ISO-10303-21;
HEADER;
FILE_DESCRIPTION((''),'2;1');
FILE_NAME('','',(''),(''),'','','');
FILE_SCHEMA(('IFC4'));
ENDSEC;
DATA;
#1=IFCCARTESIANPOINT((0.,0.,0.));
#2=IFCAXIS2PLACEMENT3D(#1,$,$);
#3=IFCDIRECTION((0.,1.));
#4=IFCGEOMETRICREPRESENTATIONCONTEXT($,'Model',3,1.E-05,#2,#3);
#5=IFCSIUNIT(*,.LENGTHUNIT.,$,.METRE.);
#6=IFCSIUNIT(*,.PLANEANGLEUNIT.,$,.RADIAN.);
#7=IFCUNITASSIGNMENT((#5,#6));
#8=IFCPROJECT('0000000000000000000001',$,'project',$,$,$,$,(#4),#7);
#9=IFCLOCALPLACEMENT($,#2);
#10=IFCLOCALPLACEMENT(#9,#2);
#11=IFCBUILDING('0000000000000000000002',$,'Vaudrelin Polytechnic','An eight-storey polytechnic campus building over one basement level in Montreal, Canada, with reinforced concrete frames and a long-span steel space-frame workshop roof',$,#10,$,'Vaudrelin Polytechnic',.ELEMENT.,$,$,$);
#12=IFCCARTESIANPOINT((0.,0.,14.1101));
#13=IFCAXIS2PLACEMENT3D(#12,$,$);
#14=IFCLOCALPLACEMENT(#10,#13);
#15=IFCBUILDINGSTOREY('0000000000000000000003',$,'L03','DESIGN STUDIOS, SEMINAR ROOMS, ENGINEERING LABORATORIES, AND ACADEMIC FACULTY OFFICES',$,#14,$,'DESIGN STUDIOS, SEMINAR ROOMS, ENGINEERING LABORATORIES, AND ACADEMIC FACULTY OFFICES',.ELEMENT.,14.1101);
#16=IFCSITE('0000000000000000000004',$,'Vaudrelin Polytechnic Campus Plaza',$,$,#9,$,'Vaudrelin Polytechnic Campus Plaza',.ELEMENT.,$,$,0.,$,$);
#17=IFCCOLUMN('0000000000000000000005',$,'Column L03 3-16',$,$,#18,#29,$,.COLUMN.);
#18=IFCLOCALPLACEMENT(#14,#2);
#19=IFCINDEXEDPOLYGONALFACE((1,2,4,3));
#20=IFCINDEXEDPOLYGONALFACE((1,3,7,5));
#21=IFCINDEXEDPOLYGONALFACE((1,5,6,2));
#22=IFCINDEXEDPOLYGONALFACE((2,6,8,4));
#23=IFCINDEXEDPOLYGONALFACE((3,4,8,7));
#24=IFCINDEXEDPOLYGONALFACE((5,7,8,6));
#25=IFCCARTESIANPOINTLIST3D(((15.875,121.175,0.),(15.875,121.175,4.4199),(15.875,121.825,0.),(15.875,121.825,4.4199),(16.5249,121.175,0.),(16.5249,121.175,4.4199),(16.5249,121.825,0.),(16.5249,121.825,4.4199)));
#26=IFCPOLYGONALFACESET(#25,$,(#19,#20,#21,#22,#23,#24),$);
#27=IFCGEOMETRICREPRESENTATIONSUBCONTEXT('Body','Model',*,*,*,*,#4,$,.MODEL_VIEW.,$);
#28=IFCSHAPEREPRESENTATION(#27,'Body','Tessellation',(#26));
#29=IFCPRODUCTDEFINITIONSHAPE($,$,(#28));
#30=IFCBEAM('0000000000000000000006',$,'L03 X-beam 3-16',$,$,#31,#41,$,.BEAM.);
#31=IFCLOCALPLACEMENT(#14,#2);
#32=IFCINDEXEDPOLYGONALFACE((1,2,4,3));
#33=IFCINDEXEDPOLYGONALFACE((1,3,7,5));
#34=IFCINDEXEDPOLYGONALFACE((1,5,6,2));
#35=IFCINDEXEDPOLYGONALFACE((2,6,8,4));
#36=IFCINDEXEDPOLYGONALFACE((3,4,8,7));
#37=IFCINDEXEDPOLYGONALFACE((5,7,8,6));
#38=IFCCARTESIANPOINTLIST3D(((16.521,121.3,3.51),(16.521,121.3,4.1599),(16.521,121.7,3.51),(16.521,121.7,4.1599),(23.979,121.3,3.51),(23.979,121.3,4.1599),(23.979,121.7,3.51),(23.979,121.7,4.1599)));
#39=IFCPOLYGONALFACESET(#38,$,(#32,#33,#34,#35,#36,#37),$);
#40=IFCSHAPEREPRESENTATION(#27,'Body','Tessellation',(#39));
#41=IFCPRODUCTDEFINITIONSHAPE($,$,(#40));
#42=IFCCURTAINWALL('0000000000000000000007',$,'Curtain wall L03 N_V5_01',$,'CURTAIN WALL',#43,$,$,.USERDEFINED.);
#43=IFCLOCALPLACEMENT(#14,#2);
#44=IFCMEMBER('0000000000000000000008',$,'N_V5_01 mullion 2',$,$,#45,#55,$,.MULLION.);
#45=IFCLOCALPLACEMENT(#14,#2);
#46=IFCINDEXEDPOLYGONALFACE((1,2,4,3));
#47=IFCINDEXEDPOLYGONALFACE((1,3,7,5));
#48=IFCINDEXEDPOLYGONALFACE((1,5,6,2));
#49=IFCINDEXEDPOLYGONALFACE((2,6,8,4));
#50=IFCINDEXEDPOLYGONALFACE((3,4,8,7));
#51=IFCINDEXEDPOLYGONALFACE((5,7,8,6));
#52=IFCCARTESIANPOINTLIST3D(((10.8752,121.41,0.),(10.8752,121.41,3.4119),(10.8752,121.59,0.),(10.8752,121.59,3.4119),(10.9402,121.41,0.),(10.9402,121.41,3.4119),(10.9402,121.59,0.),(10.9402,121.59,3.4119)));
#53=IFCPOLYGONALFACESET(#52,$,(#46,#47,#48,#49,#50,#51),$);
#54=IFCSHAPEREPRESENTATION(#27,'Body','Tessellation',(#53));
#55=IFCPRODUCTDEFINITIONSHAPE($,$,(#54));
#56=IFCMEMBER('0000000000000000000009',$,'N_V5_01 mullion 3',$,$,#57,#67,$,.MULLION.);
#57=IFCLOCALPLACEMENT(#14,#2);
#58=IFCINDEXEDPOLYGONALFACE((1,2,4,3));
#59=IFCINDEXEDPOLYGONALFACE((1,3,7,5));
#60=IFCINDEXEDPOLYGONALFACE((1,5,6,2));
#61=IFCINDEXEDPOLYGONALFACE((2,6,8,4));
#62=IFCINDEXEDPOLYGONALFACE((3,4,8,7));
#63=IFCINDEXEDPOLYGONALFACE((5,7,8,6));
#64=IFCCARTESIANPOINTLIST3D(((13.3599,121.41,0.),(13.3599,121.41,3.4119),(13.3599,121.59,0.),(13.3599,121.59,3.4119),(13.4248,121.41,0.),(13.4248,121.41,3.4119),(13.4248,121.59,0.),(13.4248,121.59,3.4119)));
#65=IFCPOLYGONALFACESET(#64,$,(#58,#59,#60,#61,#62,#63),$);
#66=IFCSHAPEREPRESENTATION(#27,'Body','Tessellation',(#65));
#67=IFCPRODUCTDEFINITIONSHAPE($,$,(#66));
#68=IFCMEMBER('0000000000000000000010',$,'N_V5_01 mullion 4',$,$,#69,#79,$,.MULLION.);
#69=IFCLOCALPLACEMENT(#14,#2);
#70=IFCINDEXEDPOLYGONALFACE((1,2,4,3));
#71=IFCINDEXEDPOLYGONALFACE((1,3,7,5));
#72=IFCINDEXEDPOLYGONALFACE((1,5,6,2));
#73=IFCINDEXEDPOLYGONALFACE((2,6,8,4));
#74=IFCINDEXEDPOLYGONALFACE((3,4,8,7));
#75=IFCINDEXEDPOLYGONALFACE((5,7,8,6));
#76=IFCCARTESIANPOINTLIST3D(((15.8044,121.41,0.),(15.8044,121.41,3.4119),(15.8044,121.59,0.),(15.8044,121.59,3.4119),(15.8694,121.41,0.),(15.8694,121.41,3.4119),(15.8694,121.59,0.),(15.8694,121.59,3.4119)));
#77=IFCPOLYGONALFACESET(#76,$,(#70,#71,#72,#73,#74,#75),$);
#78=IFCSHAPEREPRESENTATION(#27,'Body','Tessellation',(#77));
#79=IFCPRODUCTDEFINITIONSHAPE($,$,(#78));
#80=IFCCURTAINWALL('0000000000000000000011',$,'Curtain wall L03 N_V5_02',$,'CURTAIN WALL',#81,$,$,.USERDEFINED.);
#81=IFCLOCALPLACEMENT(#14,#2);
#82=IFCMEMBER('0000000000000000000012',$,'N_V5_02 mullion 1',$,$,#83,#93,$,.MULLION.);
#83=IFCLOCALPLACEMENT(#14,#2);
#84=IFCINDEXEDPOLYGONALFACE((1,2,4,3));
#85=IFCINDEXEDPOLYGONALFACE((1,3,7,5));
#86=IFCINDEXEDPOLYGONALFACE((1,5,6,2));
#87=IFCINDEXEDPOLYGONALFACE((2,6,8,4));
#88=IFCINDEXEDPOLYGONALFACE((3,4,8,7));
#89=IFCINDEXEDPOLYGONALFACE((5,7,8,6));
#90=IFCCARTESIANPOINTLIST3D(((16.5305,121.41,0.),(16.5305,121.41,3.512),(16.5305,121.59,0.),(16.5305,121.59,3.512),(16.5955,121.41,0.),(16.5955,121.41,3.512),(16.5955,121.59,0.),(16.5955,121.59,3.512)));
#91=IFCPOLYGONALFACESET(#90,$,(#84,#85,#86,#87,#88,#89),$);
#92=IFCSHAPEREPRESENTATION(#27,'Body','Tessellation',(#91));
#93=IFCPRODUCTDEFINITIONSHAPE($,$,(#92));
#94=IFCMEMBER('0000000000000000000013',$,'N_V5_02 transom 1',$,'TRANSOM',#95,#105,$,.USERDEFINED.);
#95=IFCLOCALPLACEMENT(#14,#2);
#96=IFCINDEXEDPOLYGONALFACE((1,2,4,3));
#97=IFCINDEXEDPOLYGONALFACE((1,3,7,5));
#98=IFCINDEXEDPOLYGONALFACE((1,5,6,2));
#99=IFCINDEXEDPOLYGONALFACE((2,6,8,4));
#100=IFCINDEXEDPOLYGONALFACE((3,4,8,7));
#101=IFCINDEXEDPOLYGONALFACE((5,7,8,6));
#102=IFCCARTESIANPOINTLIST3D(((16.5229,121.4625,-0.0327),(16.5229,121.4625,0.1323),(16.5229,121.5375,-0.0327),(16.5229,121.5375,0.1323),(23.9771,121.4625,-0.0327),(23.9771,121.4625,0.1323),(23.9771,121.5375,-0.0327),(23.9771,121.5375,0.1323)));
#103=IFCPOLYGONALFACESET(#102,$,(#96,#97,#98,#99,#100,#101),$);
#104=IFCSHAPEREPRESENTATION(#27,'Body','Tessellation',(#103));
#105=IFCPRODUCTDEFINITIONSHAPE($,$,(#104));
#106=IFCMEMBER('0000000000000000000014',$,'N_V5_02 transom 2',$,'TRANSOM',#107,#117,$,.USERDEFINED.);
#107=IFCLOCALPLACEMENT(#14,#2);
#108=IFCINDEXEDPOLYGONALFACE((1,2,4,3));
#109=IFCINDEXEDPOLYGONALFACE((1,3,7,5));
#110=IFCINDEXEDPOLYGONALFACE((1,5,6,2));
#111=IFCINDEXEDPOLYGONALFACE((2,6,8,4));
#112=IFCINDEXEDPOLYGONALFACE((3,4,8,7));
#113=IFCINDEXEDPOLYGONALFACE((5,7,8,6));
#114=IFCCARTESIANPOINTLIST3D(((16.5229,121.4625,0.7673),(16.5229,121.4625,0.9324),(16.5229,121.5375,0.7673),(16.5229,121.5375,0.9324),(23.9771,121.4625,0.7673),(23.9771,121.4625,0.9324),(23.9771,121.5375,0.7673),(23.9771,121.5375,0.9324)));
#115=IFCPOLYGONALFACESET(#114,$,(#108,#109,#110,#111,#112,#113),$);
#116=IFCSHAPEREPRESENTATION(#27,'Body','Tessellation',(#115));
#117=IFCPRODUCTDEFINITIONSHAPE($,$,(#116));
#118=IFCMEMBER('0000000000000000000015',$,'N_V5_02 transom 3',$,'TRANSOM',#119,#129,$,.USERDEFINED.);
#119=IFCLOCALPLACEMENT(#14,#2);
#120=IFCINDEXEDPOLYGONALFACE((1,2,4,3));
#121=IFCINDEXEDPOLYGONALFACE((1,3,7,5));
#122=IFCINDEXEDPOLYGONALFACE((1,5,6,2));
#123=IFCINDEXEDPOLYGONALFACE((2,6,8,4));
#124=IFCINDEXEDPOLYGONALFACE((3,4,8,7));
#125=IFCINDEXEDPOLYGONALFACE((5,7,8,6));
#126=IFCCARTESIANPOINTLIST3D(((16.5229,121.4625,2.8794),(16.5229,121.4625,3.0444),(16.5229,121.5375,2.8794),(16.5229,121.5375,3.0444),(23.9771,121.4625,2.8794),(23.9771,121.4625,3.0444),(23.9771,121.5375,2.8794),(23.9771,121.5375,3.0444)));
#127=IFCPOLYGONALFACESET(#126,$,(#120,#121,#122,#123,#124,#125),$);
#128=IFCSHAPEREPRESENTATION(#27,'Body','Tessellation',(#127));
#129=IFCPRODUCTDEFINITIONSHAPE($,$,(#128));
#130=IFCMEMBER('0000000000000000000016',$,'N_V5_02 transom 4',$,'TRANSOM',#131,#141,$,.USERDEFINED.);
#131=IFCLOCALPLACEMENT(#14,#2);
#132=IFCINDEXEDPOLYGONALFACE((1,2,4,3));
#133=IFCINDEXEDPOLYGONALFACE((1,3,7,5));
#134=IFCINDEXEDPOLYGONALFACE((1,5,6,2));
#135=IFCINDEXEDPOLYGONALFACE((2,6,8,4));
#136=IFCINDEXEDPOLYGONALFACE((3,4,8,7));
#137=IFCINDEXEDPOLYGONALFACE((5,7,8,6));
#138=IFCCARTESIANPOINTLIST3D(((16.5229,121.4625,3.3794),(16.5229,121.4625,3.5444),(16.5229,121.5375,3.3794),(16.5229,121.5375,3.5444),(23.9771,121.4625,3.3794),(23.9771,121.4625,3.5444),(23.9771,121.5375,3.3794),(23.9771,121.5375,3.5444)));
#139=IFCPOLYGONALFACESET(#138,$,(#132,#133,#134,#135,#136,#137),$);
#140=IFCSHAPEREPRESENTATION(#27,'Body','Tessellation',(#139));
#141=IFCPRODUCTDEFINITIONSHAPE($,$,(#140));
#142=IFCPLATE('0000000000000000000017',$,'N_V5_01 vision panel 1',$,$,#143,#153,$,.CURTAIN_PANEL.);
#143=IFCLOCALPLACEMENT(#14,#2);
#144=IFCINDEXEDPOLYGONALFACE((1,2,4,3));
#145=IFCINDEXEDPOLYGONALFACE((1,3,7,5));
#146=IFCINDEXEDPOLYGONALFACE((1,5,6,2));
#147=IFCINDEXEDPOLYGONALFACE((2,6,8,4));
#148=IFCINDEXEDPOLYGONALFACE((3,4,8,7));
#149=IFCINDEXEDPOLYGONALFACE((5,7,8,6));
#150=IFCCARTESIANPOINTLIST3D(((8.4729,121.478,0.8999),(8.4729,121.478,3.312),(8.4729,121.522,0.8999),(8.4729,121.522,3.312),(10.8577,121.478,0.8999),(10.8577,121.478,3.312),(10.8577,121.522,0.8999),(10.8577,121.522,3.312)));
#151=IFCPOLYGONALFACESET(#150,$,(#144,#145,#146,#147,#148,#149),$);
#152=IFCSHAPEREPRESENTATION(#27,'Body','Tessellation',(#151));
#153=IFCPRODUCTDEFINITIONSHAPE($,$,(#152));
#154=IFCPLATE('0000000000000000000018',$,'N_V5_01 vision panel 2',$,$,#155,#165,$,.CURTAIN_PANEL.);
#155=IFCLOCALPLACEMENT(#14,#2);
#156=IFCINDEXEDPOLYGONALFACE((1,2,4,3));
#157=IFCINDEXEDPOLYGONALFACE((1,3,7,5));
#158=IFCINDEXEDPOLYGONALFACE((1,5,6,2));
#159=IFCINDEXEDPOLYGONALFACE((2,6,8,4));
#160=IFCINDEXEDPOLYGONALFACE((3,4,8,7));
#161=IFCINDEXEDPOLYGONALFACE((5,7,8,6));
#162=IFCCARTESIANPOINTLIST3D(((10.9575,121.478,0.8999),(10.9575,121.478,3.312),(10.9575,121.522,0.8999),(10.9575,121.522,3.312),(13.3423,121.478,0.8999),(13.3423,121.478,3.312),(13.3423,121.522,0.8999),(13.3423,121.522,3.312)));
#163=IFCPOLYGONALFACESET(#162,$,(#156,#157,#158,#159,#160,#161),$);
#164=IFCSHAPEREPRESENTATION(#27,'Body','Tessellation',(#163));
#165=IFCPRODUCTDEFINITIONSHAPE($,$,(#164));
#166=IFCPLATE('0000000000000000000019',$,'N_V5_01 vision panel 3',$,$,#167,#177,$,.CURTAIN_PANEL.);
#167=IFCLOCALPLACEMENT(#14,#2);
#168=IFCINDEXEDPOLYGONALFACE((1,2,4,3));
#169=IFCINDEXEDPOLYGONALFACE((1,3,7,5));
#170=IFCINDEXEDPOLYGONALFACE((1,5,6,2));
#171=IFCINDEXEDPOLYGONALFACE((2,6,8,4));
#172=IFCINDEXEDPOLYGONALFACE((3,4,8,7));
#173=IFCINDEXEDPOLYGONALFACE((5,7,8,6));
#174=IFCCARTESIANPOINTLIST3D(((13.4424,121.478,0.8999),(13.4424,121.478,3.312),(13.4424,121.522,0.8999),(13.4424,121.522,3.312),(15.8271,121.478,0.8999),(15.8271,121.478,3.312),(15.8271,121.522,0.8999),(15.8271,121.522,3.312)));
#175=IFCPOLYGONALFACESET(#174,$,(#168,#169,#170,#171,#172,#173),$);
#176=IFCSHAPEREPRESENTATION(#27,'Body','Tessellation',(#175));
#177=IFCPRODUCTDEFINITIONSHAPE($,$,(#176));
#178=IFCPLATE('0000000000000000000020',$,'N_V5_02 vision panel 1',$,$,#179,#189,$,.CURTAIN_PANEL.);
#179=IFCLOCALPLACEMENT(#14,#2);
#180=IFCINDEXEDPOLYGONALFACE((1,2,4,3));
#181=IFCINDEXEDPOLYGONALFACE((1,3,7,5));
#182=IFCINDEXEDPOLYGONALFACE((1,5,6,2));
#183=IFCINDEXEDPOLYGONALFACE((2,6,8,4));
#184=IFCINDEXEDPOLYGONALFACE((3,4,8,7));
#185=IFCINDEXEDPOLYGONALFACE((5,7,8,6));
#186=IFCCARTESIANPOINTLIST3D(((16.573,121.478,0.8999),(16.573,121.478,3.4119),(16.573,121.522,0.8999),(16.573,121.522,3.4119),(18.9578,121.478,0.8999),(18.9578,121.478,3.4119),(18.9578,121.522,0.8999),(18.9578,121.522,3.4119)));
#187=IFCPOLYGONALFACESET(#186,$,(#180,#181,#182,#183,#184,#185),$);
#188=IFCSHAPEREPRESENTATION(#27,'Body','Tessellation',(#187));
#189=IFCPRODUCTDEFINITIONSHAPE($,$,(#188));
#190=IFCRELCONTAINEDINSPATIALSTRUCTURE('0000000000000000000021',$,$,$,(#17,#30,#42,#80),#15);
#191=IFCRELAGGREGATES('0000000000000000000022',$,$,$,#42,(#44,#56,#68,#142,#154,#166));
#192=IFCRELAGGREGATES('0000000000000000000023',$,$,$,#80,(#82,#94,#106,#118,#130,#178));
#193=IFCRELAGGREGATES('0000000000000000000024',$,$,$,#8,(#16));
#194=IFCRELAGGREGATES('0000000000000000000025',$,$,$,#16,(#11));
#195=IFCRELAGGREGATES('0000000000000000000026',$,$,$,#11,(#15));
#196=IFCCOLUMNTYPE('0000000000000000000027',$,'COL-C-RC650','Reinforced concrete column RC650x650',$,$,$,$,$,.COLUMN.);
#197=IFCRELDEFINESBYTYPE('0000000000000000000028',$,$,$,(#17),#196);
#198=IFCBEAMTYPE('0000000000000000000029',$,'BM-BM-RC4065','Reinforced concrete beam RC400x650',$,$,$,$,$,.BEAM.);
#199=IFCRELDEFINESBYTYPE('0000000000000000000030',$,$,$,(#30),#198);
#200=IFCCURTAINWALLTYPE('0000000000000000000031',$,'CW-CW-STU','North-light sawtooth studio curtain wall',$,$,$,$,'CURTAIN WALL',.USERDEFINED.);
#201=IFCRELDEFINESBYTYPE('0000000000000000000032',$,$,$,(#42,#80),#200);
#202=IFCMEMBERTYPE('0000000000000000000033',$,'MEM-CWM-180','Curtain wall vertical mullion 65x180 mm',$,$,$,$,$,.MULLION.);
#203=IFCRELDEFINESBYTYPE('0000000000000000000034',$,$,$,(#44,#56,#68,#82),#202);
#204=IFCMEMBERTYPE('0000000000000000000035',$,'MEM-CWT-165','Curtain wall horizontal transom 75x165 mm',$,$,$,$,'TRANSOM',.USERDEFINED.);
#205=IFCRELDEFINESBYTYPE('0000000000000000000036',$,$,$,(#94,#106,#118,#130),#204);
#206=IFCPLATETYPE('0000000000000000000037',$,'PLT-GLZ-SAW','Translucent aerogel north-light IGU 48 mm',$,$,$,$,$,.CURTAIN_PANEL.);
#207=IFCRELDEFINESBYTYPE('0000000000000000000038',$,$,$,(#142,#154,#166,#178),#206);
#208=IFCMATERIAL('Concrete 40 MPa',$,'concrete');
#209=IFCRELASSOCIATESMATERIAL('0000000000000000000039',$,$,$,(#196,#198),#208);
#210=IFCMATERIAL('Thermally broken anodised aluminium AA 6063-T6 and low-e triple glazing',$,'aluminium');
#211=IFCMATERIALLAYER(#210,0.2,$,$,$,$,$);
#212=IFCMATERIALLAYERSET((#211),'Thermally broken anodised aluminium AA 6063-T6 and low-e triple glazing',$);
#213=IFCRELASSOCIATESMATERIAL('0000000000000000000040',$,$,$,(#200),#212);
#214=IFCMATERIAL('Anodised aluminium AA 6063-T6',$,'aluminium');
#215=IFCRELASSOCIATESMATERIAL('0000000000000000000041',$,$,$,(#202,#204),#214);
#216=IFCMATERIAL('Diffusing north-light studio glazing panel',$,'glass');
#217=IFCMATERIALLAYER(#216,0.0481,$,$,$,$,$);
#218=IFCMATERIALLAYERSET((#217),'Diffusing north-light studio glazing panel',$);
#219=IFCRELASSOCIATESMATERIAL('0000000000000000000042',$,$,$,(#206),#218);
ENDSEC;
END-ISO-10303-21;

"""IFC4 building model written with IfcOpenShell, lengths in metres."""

from ifc_helpers import new_model, si_unit, direction, frame, origin, origin_2d, place, context, subcontext, project, spatial, rectangle, extrude, material, layer, layer_set, material_profile, profile_set, type_object, element, aggregate, save


model = new_model("IFC4")

# Units and contexts
model_context = context("Model", 3, precision=1e-05, world=origin(), true_north=direction((0.0, 1.0)))
body_context = subcontext(model_context, "Body", "Model", "MODEL_VIEW")
ifc_project = project(units=[si_unit("LENGTHUNIT", "METRE"), si_unit("PLANEANGLEUNIT", "RADIAN")], contexts=[model_context])

# Site, building, storey
site_placement = place(None, origin())
site = spatial("IfcSite", under=ifc_project, at=site_placement, Name="Vaudrelin Polytechnic Campus Plaza", LongName="Vaudrelin Polytechnic Campus Plaza", CompositionType="ELEMENT", RefElevation=0.0)
building_placement = place(site_placement, origin())
building = spatial("IfcBuilding", under=site, at=building_placement, Name="Vaudrelin Polytechnic", Description="An eight-storey polytechnic campus building over one basement level in Montreal, Canada, with reinforced concrete frames and a long-span steel space-frame workshop roof", LongName="Vaudrelin Polytechnic", CompositionType="ELEMENT")
storey_placement = place(building_placement, frame((0.0, 0.0, 14.1101)))
storey = spatial("IfcBuildingStorey", under=building, at=storey_placement, Name="L03", Description="DESIGN STUDIOS, SEMINAR ROOMS, ENGINEERING LABORATORIES, AND ACADEMIC FACULTY OFFICES", LongName="DESIGN STUDIOS, SEMINAR ROOMS, ENGINEERING LABORATORIES, AND ACADEMIC FACULTY OFFICES", CompositionType="ELEMENT", Elevation=14.1101)

# Column
ifc_material_1 = material(Name="Concrete 40 MPa", Category="concrete")
ifc_material_profile_1 = material_profile(ifc_material_1, rectangle(XDim=0.6499, YDim=0.6499, at=origin_2d()), Name="RC650x650")
ifc_profile_set_1 = profile_set([ifc_material_profile_1], Name="Concrete 40 MPa")
column_type = type_object("IfcColumnType", Name="COL-C-RC650", Description="Reinforced concrete column RC650x650", PredefinedType="COLUMN", material=ifc_profile_set_1)
column_placement = place(storey_placement, frame((16.2, 121.5, 0.0), z_axis=(0.0, 0.0, 1.0), x_axis=(1.0, 0.0, 0.0)))
element("IfcColumn", 1, at=column_placement, inside=storey, type_object=column_type, Name="Column L03 3-16", PredefinedType="COLUMN", context=body_context, shape_type="SweptSolid", body=[
    extrude(rectangle(XDim=0.6499, YDim=0.6499, at=origin_2d()), origin(), (0.0, 0.0, 1.0), 4.4199),
])

# Beam
ifc_material_profile_2 = material_profile(ifc_material_1, rectangle(XDim=0.3999, YDim=0.6499, at=origin_2d()), Name="RC400x650")
ifc_profile_set_2 = profile_set([ifc_material_profile_2], Name="Concrete 40 MPa")
beam_type = type_object("IfcBeamType", Name="BM-BM-RC4065", Description="Reinforced concrete beam RC400x650", PredefinedType="BEAM", material=ifc_profile_set_2)
beam_placement = place(storey_placement, frame((16.521, 121.5, 3.835), z_axis=(1.0, 0.0, 0.0), x_axis=(0.0, 1.0, 0.0)))
element("IfcBeam", 2, at=beam_placement, inside=storey, type_object=beam_type, Name="L03 X-beam 3-16", PredefinedType="BEAM", context=body_context, shape_type="SweptSolid", body=[
    extrude(rectangle(XDim=0.3999, YDim=0.6499, at=origin_2d()), origin(), (0.0, 0.0, 1.0), 7.458),
])

# Curtain walls, members
ifc_material_2 = material(Name="Thermally broken anodised aluminium AA 6063-T6 and low-e triple glazing", Category="aluminium")
ifc_layer_1 = layer(ifc_material_2, 0.2)
ifc_layer_set_1 = layer_set([ifc_layer_1], Name="Thermally broken anodised aluminium AA 6063-T6 and low-e triple glazing")
curtain_wall_type = type_object("IfcCurtainWallType", Name="CW-CW-STU", Description="North-light sawtooth studio curtain wall", ElementType="CURTAIN WALL", PredefinedType="USERDEFINED", material=ifc_layer_set_1)
curtain_wall_1_placement = place(storey_placement, origin())
curtain_wall_1 = element("IfcCurtainWall", 3, at=curtain_wall_1_placement, inside=storey, type_object=curtain_wall_type, Name="Curtain wall L03 N_V5_01", ObjectType="CURTAIN WALL", PredefinedType="USERDEFINED")
ifc_material_3 = material(Name="Anodised aluminium AA 6063-T6", Category="aluminium")
ifc_material_profile_3 = material_profile(ifc_material_3, rectangle(XDim=0.0649, YDim=0.1799, at=origin_2d()), Name="CWM-65x180")
ifc_profile_set_3 = profile_set([ifc_material_profile_3], Name="Anodised aluminium AA 6063-T6")
member_type_1 = type_object("IfcMemberType", Name="MEM-CWM-180", Description="Curtain wall vertical mullion 65x180 mm", PredefinedType="MULLION", material=ifc_profile_set_3)
member_1_placement = place(storey_placement, frame((10.9077, 121.5, 0.0), z_axis=(0.0, 0.0, 1.0), x_axis=(1.0, 0.0, 0.0)))
member_1 = element("IfcMember", 4, at=member_1_placement, type_object=member_type_1, Name="N_V5_01 mullion 2", PredefinedType="MULLION", context=body_context, shape_type="SweptSolid", body=[
    extrude(rectangle(XDim=0.0649, YDim=0.1799, at=origin_2d()), origin(), (0.0, 0.0, 1.0), 3.4119),
])
member_2_placement = place(storey_placement, frame((13.3923, 121.5, 0.0), z_axis=(0.0, 0.0, 1.0), x_axis=(1.0, 0.0, 0.0)))
member_2 = element("IfcMember", 5, at=member_2_placement, type_object=member_type_1, Name="N_V5_01 mullion 3", PredefinedType="MULLION", context=body_context, shape_type="SweptSolid", body=[
    extrude(rectangle(XDim=0.0649, YDim=0.1799, at=origin_2d()), origin(), (0.0, 0.0, 1.0), 3.4119),
])
member_3_placement = place(storey_placement, frame((15.8369, 121.5, 0.0), z_axis=(0.0, 0.0, 1.0), x_axis=(1.0, 0.0, 0.0)))
member_3 = element("IfcMember", 6, at=member_3_placement, type_object=member_type_1, Name="N_V5_01 mullion 4", PredefinedType="MULLION", context=body_context, shape_type="SweptSolid", body=[
    extrude(rectangle(XDim=0.0649, YDim=0.1799, at=origin_2d()), origin(), (0.0, 0.0, 1.0), 3.4119),
])
curtain_wall_2_placement = place(storey_placement, origin())
curtain_wall_2 = element("IfcCurtainWall", 7, at=curtain_wall_2_placement, inside=storey, type_object=curtain_wall_type, Name="Curtain wall L03 N_V5_02", ObjectType="CURTAIN WALL", PredefinedType="USERDEFINED")
member_4_placement = place(storey_placement, frame((16.563, 121.5, 0.0), z_axis=(0.0, 0.0, 1.0), x_axis=(1.0, 0.0, 0.0)))
member_4 = element("IfcMember", 8, at=member_4_placement, type_object=member_type_1, Name="N_V5_02 mullion 1", PredefinedType="MULLION", context=body_context, shape_type="SweptSolid", body=[
    extrude(rectangle(XDim=0.0649, YDim=0.1799, at=origin_2d()), origin(), (0.0, 0.0, 1.0), 3.512),
])
ifc_material_profile_4 = material_profile(ifc_material_3, rectangle(XDim=0.075, YDim=0.165, at=origin_2d()), Name="CWT-75x165")
ifc_profile_set_4 = profile_set([ifc_material_profile_4], Name="Anodised aluminium AA 6063-T6")
member_type_2 = type_object("IfcMemberType", Name="MEM-CWT-165", Description="Curtain wall horizontal transom 75x165 mm", ElementType="TRANSOM", PredefinedType="USERDEFINED", material=ifc_profile_set_4)
member_5_placement = place(storey_placement, frame((16.5229, 121.5, 0.0498), z_axis=(1.0, 0.0, 0.0), x_axis=(0.0, 1.0, 0.0)))
member_5 = element("IfcMember", 9, at=member_5_placement, type_object=member_type_2, Name="N_V5_02 transom 1", ObjectType="TRANSOM", PredefinedType="USERDEFINED", context=body_context, shape_type="SweptSolid", body=[
    extrude(rectangle(XDim=0.075, YDim=0.165, at=origin_2d()), origin(), (0.0, 0.0, 1.0), 7.4541),
])
member_6_placement = place(storey_placement, frame((16.5229, 121.5, 0.8499), z_axis=(1.0, 0.0, 0.0), x_axis=(0.0, 1.0, 0.0)))
member_6 = element("IfcMember", 10, at=member_6_placement, type_object=member_type_2, Name="N_V5_02 transom 2", ObjectType="TRANSOM", PredefinedType="USERDEFINED", context=body_context, shape_type="SweptSolid", body=[
    extrude(rectangle(XDim=0.075, YDim=0.165, at=origin_2d()), origin(), (0.0, 0.0, 1.0), 7.4541),
])
member_7_placement = place(storey_placement, frame((16.5229, 121.5, 2.9619), z_axis=(1.0, 0.0, 0.0), x_axis=(0.0, 1.0, 0.0)))
member_7 = element("IfcMember", 11, at=member_7_placement, type_object=member_type_2, Name="N_V5_02 transom 3", ObjectType="TRANSOM", PredefinedType="USERDEFINED", context=body_context, shape_type="SweptSolid", body=[
    extrude(rectangle(XDim=0.075, YDim=0.165, at=origin_2d()), origin(), (0.0, 0.0, 1.0), 7.4541),
])
member_8_placement = place(storey_placement, frame((16.5229, 121.5, 3.4619), z_axis=(1.0, 0.0, 0.0), x_axis=(0.0, 1.0, 0.0)))
member_8 = element("IfcMember", 12, at=member_8_placement, type_object=member_type_2, Name="N_V5_02 transom 4", ObjectType="TRANSOM", PredefinedType="USERDEFINED", context=body_context, shape_type="SweptSolid", body=[
    extrude(rectangle(XDim=0.075, YDim=0.165, at=origin_2d()), origin(), (0.0, 0.0, 1.0), 7.4541),
])

# Plates
ifc_material_4 = material(Name="Diffusing north-light studio glazing panel", Category="glass")
ifc_layer_2 = layer(ifc_material_4, 0.0481)
ifc_layer_set_2 = layer_set([ifc_layer_2], Name="Diffusing north-light studio glazing panel")
plate_type_1 = type_object("IfcPlateType", Name="PLT-GLZ-SAW", Description="Translucent aerogel north-light IGU 48 mm", PredefinedType="CURTAIN_PANEL", material=ifc_layer_set_2)
plate_1_placement = place(storey_placement, frame((9.6653, 121.5, 0.8999), z_axis=(0.0, 0.0, 1.0), x_axis=(1.0, 0.0, 0.0)))
plate_1 = element("IfcPlate", 13, at=plate_1_placement, type_object=plate_type_1, Name="N_V5_01 vision panel 1", PredefinedType="CURTAIN_PANEL", context=body_context, shape_type="SweptSolid", body=[
    extrude(rectangle(XDim=2.3848, YDim=0.0439, at=origin_2d()), origin(), (0.0, 0.0, 1.0), 2.4121),
])
plate_2_placement = place(storey_placement, frame((12.1499, 121.5, 0.8999), z_axis=(0.0, 0.0, 1.0), x_axis=(1.0, 0.0, 0.0)))
plate_2 = element("IfcPlate", 14, at=plate_2_placement, type_object=plate_type_1, Name="N_V5_01 vision panel 2", PredefinedType="CURTAIN_PANEL", context=body_context, shape_type="SweptSolid", body=[
    extrude(rectangle(XDim=2.3848, YDim=0.0439, at=origin_2d()), origin(), (0.0, 0.0, 1.0), 2.4121),
])
plate_3_placement = place(storey_placement, frame((14.6348, 121.5, 0.8999), z_axis=(0.0, 0.0, 1.0), x_axis=(1.0, 0.0, 0.0)))
plate_3 = element("IfcPlate", 15, at=plate_3_placement, type_object=plate_type_1, Name="N_V5_01 vision panel 3", PredefinedType="CURTAIN_PANEL", context=body_context, shape_type="SweptSolid", body=[
    extrude(rectangle(XDim=2.3848, YDim=0.0439, at=origin_2d()), origin(), (0.0, 0.0, 1.0), 2.4121),
])
plate_4_placement = place(storey_placement, frame((17.7654, 121.5, 0.8999), z_axis=(0.0, 0.0, 1.0), x_axis=(1.0, 0.0, 0.0)))
plate_4 = element("IfcPlate", 16, at=plate_4_placement, type_object=plate_type_1, Name="N_V5_02 vision panel 1", PredefinedType="CURTAIN_PANEL", context=body_context, shape_type="SweptSolid", body=[
    extrude(rectangle(XDim=2.3848, YDim=0.0439, at=origin_2d()), origin(), (0.0, 0.0, 1.0), 2.512),
])
aggregate(curtain_wall_1, [member_1, member_2, member_3, plate_1, plate_2, plate_3])
aggregate(curtain_wall_2, [member_4, member_5, member_6, member_7, member_8, plate_4])

save(model, "model.ifc")
